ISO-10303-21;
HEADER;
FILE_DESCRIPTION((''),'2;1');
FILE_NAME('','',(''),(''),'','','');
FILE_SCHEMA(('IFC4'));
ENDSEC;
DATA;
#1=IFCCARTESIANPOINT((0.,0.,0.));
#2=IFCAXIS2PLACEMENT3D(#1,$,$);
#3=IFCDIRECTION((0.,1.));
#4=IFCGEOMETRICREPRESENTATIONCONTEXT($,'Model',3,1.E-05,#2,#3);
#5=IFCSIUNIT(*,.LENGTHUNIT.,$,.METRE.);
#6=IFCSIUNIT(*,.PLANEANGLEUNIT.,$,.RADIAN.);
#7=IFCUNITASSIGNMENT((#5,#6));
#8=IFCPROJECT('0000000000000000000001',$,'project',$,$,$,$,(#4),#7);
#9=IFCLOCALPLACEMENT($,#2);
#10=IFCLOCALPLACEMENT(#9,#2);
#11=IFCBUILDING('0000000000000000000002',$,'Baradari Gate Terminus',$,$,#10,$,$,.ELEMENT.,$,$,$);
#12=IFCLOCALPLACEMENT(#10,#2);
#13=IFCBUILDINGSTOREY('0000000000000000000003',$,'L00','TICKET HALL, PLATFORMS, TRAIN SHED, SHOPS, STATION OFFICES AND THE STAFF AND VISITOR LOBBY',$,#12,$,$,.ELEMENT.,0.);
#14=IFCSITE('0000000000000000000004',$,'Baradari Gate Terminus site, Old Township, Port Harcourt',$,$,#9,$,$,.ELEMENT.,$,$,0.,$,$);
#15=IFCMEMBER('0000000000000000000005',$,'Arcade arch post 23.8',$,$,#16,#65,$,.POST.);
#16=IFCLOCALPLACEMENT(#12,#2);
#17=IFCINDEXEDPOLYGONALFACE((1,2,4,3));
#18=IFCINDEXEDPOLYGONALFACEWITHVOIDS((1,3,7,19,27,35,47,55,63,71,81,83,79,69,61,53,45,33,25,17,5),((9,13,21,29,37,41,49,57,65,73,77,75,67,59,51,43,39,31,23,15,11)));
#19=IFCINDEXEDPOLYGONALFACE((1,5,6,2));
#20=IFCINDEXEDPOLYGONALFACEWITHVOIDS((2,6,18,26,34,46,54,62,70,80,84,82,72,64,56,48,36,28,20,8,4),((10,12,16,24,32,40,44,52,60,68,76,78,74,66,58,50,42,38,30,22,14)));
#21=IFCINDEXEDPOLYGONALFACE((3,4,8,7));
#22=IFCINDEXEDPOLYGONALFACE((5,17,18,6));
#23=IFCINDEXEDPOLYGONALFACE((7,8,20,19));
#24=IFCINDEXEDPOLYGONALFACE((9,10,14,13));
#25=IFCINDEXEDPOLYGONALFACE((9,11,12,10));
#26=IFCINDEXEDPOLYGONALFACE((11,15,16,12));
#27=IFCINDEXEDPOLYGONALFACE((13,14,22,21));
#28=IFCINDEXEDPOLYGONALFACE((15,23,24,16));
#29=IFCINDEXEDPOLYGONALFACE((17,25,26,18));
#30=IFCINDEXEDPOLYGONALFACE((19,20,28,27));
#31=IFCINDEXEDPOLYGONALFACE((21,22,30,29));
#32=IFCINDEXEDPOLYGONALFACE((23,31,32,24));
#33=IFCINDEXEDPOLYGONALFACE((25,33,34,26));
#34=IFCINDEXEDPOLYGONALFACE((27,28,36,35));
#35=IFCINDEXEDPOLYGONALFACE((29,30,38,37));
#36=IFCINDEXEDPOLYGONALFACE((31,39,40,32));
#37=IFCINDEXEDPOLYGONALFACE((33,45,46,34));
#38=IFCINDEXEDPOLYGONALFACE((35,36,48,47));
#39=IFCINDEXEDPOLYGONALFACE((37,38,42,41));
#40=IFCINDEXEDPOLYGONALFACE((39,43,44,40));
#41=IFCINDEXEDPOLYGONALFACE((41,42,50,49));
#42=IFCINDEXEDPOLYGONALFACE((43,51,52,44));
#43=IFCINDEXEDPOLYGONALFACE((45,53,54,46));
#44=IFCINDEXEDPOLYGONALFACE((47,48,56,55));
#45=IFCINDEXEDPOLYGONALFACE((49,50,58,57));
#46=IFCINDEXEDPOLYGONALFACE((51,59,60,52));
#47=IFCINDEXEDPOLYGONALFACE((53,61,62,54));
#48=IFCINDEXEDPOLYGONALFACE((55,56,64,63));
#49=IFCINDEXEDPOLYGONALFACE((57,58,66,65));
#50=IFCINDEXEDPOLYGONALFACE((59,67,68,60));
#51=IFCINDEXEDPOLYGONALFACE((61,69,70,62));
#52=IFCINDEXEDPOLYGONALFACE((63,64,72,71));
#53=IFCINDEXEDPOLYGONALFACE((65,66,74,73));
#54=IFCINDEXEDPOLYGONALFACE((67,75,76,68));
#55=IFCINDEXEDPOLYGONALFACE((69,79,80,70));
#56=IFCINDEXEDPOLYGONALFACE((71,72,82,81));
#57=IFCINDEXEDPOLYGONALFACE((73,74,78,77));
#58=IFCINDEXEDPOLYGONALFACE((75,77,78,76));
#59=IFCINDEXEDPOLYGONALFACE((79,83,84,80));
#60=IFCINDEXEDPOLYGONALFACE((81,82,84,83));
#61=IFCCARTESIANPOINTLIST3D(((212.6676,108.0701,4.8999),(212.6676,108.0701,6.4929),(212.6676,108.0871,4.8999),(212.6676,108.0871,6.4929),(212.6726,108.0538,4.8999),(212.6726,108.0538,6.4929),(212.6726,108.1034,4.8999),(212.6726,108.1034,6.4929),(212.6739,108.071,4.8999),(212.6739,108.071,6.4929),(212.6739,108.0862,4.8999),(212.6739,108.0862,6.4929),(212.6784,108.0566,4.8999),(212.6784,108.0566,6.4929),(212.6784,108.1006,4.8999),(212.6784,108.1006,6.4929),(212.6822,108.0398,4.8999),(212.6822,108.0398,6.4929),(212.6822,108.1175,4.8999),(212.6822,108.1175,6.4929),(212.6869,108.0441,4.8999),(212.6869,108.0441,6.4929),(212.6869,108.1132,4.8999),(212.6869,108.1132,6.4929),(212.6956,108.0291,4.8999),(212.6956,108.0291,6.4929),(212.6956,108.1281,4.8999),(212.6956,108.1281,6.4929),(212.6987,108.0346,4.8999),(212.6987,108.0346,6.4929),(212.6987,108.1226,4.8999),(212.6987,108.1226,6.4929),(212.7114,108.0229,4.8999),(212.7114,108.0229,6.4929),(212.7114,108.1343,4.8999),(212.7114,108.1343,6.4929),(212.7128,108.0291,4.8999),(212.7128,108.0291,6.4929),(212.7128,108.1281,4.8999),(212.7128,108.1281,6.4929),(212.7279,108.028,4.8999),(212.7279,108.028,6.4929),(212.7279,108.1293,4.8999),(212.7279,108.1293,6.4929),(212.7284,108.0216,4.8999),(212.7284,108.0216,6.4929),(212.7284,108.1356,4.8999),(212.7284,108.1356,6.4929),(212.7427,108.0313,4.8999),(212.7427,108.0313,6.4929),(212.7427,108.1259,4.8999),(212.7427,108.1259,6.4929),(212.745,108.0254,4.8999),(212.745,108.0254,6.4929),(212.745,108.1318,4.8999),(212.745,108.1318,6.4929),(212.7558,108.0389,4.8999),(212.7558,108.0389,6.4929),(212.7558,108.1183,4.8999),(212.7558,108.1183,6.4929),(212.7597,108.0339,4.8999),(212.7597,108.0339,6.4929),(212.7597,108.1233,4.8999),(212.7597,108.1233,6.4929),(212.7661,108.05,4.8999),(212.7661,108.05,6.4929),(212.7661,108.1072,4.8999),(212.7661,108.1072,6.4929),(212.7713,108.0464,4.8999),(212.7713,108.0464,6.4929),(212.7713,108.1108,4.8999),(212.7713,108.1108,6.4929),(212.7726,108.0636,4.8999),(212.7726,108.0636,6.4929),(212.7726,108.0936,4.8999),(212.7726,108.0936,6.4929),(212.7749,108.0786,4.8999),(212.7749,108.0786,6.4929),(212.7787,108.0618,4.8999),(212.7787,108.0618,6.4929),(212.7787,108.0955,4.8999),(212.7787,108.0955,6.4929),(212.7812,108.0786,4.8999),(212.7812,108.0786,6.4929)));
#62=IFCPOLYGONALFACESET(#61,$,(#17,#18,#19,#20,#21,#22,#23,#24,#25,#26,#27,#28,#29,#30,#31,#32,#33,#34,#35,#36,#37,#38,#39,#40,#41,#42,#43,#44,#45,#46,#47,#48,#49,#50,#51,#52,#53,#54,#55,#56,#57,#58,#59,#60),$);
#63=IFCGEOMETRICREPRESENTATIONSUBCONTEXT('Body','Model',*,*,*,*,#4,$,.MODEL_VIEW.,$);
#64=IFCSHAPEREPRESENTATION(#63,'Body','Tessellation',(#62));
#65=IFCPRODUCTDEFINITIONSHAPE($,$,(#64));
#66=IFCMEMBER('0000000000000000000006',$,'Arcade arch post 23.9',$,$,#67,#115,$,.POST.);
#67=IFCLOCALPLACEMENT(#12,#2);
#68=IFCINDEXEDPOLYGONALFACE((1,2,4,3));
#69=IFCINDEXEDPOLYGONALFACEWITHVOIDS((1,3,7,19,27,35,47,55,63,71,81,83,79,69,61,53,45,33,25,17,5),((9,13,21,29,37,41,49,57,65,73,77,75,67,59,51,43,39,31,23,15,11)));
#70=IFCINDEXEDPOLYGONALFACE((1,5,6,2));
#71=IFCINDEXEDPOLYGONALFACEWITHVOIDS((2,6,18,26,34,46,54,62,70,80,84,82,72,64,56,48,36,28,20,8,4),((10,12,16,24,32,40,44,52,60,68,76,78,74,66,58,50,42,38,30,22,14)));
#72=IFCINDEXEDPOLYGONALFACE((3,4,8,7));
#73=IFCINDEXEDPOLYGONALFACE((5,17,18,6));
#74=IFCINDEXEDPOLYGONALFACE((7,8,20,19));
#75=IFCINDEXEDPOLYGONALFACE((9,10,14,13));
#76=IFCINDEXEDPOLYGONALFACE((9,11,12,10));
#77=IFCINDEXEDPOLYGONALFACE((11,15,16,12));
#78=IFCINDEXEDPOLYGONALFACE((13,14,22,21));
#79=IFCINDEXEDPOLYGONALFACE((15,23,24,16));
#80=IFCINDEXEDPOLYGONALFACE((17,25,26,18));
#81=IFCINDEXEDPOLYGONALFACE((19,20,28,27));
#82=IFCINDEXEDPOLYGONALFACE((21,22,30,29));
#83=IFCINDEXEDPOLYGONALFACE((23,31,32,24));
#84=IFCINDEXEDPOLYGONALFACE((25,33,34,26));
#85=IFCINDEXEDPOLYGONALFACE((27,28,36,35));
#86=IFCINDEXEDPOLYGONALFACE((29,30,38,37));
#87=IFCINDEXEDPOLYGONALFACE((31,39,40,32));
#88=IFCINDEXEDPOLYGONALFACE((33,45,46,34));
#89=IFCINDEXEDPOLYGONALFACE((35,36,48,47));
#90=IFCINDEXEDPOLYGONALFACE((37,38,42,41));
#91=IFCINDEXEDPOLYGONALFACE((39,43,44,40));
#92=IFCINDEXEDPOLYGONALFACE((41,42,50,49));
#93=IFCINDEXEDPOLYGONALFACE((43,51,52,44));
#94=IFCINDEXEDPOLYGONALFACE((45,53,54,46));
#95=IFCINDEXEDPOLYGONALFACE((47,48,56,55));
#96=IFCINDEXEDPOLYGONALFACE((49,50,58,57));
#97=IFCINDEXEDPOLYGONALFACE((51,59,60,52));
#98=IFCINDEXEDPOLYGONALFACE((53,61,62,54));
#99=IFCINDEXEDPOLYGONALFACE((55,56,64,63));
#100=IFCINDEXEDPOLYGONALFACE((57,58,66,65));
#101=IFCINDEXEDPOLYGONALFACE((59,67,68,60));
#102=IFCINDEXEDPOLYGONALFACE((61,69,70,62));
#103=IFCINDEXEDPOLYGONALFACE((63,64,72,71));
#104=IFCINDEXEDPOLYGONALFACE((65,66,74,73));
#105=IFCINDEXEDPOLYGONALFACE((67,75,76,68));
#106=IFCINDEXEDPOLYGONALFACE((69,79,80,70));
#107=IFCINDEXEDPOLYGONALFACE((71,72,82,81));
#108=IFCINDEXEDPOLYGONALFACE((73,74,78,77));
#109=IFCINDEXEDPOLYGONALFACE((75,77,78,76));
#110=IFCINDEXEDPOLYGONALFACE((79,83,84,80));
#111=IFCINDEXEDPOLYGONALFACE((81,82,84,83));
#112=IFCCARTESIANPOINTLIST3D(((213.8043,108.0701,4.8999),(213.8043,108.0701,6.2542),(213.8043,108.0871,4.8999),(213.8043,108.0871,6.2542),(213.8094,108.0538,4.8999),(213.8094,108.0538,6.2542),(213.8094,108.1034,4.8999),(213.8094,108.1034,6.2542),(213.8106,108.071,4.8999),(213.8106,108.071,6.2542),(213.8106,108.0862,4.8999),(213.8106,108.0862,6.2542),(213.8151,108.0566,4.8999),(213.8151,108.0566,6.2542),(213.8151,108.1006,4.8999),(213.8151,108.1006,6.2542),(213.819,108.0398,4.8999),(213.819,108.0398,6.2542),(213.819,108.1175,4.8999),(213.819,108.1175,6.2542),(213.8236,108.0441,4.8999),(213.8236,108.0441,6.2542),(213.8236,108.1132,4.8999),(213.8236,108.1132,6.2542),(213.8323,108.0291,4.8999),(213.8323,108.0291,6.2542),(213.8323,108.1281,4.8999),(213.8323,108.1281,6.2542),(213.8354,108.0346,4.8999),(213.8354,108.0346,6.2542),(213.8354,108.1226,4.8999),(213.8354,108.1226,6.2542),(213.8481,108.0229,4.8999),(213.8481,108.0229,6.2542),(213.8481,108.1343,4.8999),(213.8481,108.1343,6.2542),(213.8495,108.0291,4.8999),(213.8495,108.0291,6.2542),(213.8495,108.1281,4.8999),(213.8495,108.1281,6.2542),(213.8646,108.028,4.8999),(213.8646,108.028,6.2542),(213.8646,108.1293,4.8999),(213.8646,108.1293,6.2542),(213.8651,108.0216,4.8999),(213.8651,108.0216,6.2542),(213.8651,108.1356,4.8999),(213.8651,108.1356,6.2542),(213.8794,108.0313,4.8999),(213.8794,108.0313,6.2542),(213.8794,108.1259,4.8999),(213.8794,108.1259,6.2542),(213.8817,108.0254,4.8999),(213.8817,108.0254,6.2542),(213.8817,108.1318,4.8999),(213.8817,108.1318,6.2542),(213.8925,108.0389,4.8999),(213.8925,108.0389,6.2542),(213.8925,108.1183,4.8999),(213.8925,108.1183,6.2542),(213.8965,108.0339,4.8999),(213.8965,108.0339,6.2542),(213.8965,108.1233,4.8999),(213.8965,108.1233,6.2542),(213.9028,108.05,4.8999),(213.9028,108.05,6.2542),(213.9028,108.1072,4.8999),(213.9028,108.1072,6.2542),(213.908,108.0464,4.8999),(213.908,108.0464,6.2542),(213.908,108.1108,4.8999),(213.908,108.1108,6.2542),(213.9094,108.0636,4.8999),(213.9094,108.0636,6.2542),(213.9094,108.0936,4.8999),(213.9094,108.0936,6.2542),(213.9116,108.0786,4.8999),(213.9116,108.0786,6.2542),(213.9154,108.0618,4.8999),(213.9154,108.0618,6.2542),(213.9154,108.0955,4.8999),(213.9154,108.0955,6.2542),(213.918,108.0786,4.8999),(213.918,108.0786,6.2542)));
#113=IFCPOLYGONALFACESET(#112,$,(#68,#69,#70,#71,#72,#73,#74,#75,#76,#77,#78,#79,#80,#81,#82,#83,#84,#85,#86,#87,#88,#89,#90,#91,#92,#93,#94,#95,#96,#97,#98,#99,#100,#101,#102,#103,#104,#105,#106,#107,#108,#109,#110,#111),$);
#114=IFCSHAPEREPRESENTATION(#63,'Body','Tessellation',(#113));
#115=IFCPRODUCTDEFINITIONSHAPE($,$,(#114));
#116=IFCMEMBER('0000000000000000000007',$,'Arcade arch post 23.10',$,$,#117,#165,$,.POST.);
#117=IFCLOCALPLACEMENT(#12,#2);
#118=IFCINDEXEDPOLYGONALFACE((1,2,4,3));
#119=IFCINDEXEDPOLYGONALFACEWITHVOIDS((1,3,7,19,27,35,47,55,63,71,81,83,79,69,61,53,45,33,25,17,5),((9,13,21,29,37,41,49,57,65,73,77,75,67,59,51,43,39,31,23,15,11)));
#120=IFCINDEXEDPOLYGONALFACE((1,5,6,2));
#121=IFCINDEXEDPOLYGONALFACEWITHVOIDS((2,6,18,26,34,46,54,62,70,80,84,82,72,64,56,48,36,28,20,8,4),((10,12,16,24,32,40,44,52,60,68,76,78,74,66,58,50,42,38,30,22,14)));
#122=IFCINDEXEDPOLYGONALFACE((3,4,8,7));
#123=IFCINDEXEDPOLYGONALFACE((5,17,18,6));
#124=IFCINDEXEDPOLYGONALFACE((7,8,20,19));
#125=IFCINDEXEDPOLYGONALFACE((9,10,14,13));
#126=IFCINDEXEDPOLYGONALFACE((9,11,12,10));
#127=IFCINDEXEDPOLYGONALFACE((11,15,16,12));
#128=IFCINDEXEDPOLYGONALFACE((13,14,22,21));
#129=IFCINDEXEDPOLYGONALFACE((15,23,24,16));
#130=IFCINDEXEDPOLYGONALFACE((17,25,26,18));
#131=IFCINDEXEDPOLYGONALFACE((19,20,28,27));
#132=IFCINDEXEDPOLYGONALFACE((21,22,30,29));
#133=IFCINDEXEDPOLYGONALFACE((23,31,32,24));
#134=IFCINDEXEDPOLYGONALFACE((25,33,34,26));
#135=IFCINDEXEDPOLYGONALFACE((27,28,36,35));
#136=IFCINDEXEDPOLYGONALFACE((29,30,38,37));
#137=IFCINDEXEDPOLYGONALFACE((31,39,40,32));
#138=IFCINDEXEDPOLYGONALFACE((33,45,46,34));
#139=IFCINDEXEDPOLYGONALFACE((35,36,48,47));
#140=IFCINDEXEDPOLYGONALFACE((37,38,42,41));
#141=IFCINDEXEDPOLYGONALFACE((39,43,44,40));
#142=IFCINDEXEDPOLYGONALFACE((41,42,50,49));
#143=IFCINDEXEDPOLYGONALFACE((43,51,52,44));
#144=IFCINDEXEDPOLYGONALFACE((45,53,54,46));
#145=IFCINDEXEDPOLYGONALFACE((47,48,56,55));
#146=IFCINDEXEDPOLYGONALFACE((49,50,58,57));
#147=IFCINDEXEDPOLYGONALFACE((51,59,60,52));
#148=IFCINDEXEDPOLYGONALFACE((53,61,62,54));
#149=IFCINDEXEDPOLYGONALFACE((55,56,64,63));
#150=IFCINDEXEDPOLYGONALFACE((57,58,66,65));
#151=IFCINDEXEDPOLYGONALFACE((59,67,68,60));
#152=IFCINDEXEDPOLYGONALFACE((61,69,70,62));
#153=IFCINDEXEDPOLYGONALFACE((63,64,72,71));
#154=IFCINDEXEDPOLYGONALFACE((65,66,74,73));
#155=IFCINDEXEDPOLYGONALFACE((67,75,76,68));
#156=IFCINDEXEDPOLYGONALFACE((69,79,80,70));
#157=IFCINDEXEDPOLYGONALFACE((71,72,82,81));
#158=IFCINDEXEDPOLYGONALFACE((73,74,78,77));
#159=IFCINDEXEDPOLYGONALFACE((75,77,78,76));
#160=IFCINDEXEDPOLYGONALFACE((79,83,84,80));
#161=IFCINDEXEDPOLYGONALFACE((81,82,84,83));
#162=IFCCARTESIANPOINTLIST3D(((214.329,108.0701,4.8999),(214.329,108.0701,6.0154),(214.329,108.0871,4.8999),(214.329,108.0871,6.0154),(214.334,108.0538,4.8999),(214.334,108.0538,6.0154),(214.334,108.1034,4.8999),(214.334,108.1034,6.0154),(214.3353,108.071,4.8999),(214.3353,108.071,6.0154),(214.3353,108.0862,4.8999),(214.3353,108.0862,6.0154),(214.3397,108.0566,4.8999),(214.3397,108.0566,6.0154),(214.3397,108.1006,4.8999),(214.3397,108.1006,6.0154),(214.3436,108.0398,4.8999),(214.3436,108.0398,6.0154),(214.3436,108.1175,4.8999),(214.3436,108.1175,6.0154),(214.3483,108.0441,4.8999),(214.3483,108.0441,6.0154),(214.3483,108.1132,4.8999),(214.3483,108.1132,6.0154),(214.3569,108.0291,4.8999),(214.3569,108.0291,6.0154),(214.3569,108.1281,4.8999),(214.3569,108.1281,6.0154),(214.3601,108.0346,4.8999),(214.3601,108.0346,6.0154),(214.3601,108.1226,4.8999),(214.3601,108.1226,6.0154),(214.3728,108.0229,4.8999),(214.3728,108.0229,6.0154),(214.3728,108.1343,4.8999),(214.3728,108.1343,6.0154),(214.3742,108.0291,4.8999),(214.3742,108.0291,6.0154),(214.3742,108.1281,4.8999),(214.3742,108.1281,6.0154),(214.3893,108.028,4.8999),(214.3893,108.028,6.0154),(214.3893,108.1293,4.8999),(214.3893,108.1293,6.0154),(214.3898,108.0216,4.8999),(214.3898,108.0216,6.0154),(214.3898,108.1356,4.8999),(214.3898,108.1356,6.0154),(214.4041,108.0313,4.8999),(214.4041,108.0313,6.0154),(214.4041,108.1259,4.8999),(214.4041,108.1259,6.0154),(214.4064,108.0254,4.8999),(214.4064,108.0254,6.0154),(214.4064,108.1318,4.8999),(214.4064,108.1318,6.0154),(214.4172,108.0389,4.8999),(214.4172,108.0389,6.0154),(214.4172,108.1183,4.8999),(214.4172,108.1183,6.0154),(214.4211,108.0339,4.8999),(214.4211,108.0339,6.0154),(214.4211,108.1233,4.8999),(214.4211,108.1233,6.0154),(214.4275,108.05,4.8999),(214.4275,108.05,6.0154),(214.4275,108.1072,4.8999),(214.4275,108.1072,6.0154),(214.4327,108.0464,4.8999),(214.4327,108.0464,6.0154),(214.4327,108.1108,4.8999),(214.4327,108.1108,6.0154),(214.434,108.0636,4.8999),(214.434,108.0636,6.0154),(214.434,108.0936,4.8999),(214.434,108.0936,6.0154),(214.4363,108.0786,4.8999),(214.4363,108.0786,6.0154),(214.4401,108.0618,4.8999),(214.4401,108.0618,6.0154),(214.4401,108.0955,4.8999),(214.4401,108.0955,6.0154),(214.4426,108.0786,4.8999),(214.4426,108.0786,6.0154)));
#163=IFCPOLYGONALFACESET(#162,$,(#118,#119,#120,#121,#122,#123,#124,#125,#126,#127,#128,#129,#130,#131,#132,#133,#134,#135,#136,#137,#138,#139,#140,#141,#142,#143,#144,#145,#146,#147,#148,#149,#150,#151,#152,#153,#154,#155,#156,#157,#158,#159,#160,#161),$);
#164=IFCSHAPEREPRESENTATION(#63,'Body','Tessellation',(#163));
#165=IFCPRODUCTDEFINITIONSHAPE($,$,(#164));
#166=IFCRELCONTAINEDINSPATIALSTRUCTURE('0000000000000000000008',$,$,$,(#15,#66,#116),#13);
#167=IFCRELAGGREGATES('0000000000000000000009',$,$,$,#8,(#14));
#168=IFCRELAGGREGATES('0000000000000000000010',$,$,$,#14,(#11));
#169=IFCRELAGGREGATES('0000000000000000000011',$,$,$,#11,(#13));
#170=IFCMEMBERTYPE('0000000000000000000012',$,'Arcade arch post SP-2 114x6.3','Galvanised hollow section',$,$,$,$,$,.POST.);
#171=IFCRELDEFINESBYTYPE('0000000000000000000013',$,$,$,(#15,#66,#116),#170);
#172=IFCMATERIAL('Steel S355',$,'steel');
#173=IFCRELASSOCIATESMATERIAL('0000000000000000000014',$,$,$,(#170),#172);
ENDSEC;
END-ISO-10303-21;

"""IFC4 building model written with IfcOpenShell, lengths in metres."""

from ifc_helpers import new_model, si_unit, direction, frame, origin, origin_2d, place, context, subcontext, project, spatial, hollow_circle, extrude, material, material_profile, profile_set, type_object, element, save


model = new_model("IFC4")

# Units and contexts
model_context = context("Model", 3, precision=1e-05, world=origin(), true_north=direction((0.0, 1.0)))
body_context = subcontext(model_context, "Body", "Model", "MODEL_VIEW")
ifc_project = project(units=[si_unit("LENGTHUNIT", "METRE"), si_unit("PLANEANGLEUNIT", "RADIAN")], contexts=[model_context])

# Site, building, storey
site_placement = place(None, origin())
site = spatial("IfcSite", under=ifc_project, at=site_placement, Name="Baradari Gate Terminus site, Old Township, Port Harcourt", CompositionType="ELEMENT", RefElevation=0.0)
building_placement = place(site_placement, origin())
building = spatial("IfcBuilding", under=site, at=building_placement, Name="Baradari Gate Terminus", CompositionType="ELEMENT")
storey_placement = place(building_placement, origin())
storey = spatial("IfcBuildingStorey", under=building, at=storey_placement, Name="L00", Description="TICKET HALL, PLATFORMS, TRAIN SHED, SHOPS, STATION OFFICES AND THE STAFF AND VISITOR LOBBY", CompositionType="ELEMENT", Elevation=0.0)

# Members
ifc_material_1 = material(Name="Steel S355", Category="steel")
ifc_material_profile_1 = material_profile(ifc_material_1, hollow_circle(Radius=0.0571, WallThickness=0.0063, at=origin_2d()), Name="CHS 114.3x6.3")
ifc_profile_set_1 = profile_set([ifc_material_profile_1], Name="Steel S355")
member_type = type_object("IfcMemberType", Name="Arcade arch post SP-2 114x6.3", Description="Galvanised hollow section", PredefinedType="POST", material=ifc_profile_set_1)
member_1_placement = place(storey_placement, frame((212.7241, 108.0786, 4.8999), z_axis=(0.0, 0.0, 1.0), x_axis=(1.0, 0.0, 0.0)))
element("IfcMember", 1, at=member_1_placement, inside=storey, type_object=member_type, Name="Arcade arch post 23.8", PredefinedType="POST", context=body_context, shape_type="SweptSolid", body=[
    extrude(hollow_circle(Radius=0.0571, WallThickness=0.0063, at=origin_2d()), origin(), (0.0, 0.0, 1.0), 1.593),
])
member_2_placement = place(storey_placement, frame((213.8608, 108.0786, 4.8999), z_axis=(0.0, 0.0, 1.0), x_axis=(1.0, 0.0, 0.0)))
element("IfcMember", 2, at=member_2_placement, inside=storey, type_object=member_type, Name="Arcade arch post 23.9", PredefinedType="POST", context=body_context, shape_type="SweptSolid", body=[
    extrude(hollow_circle(Radius=0.0571, WallThickness=0.0063, at=origin_2d()), origin(), (0.0, 0.0, 1.0), 1.3542),
])
member_3_placement = place(storey_placement, frame((214.3855, 108.0786, 4.8999), z_axis=(0.0, 0.0, 1.0), x_axis=(1.0, 0.0, 0.0)))
element("IfcMember", 3, at=member_3_placement, inside=storey, type_object=member_type, Name="Arcade arch post 23.10", PredefinedType="POST", context=body_context, shape_type="SweptSolid", body=[
    extrude(hollow_circle(Radius=0.0571, WallThickness=0.0063, at=origin_2d()), origin(), (0.0, 0.0, 1.0), 1.1155),
])

save(model, "model.ifc")
